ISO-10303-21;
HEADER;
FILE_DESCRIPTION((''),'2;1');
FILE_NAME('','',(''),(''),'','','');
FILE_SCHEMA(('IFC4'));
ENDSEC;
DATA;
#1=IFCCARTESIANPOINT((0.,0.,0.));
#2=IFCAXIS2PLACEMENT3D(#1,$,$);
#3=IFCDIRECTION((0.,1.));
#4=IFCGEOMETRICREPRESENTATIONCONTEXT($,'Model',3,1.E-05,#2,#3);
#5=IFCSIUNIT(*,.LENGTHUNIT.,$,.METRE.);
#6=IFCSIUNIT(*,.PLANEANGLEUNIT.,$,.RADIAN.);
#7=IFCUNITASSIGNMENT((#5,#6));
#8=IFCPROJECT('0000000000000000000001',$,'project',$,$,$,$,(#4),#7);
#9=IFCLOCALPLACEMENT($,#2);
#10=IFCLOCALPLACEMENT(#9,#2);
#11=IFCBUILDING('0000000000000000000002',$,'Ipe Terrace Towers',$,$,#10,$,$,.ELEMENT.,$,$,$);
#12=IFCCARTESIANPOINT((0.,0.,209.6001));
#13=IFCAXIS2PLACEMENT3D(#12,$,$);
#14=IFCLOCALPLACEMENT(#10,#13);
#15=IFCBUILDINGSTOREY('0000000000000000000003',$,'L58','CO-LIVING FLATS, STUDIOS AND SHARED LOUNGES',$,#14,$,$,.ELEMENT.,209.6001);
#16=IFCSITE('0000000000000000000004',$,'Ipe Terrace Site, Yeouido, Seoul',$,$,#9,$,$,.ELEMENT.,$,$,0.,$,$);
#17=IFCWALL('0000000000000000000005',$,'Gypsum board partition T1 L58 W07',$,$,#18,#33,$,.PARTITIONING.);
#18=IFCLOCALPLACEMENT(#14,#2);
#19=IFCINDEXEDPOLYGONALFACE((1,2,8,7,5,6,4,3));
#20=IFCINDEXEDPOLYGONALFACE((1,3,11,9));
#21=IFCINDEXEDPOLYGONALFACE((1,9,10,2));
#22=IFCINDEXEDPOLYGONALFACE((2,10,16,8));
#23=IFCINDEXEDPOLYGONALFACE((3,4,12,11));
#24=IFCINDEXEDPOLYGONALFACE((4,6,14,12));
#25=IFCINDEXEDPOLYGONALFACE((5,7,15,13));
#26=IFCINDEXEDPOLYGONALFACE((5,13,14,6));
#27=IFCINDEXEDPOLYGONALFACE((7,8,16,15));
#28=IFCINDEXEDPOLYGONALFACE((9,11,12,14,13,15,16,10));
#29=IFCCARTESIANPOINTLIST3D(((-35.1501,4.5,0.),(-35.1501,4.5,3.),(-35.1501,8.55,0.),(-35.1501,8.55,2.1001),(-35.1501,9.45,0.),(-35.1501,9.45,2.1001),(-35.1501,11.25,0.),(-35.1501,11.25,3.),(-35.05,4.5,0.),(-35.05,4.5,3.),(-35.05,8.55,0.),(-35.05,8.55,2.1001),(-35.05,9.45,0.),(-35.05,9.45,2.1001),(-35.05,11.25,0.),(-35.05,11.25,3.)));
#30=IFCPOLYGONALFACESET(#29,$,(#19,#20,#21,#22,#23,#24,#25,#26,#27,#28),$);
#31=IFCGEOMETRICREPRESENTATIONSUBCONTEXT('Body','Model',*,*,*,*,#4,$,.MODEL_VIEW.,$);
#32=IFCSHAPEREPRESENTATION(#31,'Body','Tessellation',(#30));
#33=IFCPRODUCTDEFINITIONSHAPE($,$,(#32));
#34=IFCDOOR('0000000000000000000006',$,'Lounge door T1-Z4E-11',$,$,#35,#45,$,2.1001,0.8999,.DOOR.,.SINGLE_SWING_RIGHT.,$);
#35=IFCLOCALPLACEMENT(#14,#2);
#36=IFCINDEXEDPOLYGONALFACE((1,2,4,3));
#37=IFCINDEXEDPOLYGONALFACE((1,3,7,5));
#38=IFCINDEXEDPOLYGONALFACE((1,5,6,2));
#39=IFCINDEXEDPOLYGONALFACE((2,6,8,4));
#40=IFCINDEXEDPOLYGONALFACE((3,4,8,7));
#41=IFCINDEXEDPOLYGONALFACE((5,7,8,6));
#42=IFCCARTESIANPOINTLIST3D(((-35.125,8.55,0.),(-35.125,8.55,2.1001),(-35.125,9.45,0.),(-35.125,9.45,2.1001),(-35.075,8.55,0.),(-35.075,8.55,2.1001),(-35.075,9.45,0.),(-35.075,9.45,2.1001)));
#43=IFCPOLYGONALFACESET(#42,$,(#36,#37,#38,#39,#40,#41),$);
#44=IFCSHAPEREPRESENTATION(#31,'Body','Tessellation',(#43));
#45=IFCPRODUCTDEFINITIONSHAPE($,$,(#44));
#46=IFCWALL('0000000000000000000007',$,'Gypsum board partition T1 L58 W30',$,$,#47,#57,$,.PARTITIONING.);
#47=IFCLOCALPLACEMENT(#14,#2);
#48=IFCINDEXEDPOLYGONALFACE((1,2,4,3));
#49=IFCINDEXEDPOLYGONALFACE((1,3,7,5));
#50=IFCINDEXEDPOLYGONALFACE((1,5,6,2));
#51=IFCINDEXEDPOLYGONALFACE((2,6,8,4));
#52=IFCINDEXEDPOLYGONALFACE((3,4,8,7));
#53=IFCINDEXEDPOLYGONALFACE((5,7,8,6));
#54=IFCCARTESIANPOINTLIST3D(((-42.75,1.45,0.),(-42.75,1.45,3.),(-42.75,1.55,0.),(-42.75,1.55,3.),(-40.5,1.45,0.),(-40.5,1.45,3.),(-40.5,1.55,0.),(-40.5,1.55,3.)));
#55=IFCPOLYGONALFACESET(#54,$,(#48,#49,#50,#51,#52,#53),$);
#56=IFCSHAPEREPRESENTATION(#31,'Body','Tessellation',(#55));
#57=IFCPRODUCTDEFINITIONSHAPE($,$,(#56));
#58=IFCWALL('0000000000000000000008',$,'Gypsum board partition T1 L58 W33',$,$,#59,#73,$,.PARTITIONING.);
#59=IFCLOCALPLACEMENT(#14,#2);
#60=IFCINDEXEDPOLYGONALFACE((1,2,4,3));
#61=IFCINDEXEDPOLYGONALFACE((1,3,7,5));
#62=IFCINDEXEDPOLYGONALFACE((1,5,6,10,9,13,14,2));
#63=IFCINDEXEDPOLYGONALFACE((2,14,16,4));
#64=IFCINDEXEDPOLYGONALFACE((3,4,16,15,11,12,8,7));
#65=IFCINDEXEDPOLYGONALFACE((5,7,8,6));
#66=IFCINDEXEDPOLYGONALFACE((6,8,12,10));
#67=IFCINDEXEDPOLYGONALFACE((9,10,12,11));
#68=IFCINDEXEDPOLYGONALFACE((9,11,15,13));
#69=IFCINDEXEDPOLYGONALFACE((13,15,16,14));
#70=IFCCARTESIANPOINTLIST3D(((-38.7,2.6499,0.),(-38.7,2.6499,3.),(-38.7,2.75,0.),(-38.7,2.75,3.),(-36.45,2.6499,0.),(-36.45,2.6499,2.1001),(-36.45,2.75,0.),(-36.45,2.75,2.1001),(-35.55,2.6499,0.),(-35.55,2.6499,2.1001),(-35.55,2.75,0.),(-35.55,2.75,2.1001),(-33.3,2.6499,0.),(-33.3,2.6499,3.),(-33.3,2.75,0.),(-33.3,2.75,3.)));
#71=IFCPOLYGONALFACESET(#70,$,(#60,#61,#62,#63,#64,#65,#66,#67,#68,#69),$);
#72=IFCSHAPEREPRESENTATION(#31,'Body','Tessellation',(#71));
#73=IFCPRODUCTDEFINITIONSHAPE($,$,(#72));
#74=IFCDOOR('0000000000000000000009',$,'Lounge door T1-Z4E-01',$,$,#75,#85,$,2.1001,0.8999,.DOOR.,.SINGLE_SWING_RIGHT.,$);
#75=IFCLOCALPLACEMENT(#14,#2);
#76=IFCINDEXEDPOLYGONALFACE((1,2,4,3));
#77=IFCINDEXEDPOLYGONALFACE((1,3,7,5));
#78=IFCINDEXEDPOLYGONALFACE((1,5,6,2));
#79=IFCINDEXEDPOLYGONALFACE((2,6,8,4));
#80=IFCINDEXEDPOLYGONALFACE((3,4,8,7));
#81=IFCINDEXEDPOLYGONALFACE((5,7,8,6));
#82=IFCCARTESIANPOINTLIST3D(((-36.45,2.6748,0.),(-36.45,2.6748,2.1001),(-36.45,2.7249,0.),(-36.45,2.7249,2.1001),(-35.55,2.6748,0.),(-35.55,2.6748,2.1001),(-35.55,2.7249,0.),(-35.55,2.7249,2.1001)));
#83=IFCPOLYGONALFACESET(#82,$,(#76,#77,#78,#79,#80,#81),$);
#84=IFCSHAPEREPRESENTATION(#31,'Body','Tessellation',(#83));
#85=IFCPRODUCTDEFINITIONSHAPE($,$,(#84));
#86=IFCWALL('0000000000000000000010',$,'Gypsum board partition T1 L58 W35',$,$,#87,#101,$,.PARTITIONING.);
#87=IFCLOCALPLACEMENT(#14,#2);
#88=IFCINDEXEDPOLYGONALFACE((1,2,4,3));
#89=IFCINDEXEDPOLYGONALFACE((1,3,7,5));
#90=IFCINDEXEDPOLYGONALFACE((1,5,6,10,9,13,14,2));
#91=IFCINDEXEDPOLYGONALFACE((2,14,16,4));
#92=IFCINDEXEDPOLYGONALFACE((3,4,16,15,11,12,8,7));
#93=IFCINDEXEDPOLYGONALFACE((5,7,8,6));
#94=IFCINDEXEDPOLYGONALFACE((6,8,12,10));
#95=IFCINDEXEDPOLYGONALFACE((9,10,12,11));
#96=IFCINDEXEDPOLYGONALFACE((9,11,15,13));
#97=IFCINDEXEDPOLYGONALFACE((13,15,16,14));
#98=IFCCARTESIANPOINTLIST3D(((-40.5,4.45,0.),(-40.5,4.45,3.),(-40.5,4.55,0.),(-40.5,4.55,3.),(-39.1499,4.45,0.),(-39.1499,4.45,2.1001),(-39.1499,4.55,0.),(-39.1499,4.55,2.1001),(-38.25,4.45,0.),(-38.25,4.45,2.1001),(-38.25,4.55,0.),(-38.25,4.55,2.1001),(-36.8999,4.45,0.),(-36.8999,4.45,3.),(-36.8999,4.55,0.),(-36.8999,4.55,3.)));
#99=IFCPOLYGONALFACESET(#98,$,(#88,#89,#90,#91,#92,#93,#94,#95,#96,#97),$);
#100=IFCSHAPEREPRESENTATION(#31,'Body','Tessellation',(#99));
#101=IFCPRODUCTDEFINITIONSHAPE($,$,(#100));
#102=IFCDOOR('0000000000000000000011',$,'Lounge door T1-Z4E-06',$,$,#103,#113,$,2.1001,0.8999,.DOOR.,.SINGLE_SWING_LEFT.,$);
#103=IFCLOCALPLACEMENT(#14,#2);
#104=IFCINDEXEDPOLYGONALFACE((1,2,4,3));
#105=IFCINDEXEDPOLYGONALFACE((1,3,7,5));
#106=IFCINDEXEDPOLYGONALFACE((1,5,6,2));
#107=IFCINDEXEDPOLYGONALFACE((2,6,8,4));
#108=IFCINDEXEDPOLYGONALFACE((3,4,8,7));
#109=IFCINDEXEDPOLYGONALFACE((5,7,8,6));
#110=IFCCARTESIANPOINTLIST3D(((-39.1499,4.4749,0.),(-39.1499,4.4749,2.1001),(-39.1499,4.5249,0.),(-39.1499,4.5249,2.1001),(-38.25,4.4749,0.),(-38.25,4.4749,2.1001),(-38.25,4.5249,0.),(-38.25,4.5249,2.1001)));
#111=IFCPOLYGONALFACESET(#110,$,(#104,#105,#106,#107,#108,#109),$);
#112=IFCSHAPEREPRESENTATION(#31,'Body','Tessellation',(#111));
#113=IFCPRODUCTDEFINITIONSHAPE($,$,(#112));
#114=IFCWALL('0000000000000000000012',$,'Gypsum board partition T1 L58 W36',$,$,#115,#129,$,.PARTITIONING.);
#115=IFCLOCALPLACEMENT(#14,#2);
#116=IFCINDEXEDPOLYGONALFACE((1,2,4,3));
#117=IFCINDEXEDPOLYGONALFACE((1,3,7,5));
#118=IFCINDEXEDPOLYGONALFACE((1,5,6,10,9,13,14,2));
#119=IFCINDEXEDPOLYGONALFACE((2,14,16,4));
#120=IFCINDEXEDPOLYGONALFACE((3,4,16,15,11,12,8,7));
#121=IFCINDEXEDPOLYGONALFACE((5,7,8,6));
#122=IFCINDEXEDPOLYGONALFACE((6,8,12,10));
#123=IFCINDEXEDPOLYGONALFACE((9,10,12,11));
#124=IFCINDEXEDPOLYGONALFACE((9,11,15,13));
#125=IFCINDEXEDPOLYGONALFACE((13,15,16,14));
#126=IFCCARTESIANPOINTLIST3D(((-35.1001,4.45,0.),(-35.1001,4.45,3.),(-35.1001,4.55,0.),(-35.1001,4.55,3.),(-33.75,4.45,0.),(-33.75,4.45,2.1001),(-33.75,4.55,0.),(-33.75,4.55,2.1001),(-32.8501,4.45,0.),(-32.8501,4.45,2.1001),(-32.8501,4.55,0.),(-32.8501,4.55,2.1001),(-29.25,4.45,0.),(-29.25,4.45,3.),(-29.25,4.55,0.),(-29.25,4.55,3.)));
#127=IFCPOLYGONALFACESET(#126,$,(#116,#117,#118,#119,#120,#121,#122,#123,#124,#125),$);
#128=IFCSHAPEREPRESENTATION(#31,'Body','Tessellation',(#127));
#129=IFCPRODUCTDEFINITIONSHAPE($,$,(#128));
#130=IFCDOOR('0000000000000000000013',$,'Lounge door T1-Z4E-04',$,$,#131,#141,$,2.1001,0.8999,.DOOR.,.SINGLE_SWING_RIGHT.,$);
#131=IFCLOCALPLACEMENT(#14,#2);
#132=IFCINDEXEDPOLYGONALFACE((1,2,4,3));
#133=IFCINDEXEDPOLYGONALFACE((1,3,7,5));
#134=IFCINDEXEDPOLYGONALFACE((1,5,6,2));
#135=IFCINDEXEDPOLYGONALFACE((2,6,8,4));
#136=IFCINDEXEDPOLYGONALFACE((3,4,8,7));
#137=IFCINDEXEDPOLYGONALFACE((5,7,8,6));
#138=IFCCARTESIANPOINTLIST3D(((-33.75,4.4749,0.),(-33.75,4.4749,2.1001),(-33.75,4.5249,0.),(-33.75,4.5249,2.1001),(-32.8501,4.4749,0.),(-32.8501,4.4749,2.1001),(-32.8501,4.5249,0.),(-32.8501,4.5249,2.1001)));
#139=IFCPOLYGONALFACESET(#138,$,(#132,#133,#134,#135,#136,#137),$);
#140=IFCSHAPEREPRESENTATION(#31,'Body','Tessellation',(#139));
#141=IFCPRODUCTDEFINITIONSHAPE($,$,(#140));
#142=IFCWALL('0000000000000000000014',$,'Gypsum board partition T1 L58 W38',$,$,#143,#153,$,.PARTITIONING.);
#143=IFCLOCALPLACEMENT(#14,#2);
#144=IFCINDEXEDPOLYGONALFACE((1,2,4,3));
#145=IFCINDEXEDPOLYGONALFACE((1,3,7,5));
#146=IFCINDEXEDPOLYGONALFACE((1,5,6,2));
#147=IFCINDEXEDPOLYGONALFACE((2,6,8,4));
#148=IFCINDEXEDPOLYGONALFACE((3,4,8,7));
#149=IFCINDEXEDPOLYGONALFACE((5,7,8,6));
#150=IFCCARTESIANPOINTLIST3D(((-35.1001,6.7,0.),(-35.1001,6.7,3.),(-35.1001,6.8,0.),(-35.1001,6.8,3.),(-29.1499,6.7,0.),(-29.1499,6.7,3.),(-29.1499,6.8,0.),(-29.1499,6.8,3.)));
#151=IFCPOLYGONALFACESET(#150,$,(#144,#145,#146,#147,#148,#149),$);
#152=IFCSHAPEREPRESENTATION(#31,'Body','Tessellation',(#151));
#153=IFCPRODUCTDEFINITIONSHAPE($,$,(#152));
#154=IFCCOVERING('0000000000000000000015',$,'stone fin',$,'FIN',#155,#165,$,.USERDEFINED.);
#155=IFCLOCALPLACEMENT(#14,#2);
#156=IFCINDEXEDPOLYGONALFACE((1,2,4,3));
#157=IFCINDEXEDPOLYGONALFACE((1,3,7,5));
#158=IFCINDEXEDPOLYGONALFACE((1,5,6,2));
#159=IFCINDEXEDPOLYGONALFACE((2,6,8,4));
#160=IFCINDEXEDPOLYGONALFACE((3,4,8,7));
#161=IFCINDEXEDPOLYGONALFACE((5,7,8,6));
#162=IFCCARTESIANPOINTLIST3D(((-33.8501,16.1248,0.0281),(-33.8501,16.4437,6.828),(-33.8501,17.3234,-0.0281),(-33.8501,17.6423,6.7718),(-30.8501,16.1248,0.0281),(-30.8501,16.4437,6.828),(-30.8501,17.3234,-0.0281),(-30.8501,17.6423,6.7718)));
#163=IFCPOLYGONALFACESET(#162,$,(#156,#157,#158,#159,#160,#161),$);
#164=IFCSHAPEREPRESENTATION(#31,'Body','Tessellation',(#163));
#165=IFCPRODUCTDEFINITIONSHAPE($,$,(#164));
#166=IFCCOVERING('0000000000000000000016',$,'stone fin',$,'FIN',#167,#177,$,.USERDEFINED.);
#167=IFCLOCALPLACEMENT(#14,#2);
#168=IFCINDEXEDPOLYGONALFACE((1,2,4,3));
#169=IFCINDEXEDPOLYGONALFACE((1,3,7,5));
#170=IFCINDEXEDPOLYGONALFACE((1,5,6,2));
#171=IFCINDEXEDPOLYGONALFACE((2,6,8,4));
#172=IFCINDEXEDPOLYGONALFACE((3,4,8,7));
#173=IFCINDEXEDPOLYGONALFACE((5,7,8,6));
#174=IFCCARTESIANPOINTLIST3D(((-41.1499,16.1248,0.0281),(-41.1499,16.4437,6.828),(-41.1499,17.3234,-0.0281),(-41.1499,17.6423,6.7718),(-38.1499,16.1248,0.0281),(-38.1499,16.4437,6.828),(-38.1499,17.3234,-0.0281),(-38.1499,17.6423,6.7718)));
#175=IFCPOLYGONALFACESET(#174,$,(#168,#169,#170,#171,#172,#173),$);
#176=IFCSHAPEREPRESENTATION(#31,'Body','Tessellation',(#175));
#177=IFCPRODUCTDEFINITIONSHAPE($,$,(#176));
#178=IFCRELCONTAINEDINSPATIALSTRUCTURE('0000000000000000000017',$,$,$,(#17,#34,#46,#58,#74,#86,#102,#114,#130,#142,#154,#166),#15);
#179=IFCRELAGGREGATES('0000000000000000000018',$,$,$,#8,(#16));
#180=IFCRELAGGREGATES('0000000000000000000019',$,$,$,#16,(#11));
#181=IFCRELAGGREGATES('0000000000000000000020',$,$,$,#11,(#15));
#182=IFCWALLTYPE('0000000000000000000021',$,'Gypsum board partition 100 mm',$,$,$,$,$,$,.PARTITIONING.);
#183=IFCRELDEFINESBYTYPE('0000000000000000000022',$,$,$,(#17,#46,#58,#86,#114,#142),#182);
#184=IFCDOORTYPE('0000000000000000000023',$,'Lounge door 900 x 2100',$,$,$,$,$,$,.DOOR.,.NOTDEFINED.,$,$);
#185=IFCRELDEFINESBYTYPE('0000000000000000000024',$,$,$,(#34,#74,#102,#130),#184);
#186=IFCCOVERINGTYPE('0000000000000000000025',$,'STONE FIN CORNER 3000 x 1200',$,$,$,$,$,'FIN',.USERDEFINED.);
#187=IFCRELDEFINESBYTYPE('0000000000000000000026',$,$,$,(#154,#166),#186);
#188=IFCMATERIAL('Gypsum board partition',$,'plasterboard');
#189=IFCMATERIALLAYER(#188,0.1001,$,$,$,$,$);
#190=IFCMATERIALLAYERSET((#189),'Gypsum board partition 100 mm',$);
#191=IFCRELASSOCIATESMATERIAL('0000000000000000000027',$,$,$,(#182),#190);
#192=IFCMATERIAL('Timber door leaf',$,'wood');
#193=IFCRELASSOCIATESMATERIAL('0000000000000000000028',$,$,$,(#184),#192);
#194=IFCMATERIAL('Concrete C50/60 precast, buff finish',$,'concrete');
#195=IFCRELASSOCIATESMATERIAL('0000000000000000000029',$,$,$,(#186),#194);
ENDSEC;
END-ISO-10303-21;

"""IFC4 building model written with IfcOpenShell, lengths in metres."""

from ifc_helpers import new_model, si_unit, direction, frame, frame_2d, origin, origin_2d, place, context, subcontext, project, spatial, rectangle, extrude, material, layer, layer_set, material_profile, profile_set, type_object, element, fill, save


model = new_model("IFC4")

# Units and contexts
model_context = context("Model", 3, precision=1e-05, world=origin(), true_north=direction((0.0, 1.0)))
body_context = subcontext(model_context, "Body", "Model", "MODEL_VIEW")
ifc_project = project(units=[si_unit("LENGTHUNIT", "METRE"), si_unit("PLANEANGLEUNIT", "RADIAN")], contexts=[model_context])

# Site, building, storey
site_placement = place(None, origin())
site = spatial("IfcSite", under=ifc_project, at=site_placement, Name="Ipe Terrace Site, Yeouido, Seoul", CompositionType="ELEMENT", RefElevation=0.0)
building_placement = place(site_placement, origin())
building = spatial("IfcBuilding", under=site, at=building_placement, Name="Ipe Terrace Towers", CompositionType="ELEMENT")
storey_placement = place(building_placement, frame((0.0, 0.0, 209.6001)))
storey = spatial("IfcBuildingStorey", under=building, at=storey_placement, Name="L58", Description="CO-LIVING FLATS, STUDIOS AND SHARED LOUNGES", CompositionType="ELEMENT", Elevation=209.6001)

# Shared definitions
ifc_material_1 = material(Name="Gypsum board partition", Category="plasterboard")
ifc_layer_1 = layer(ifc_material_1, 0.1001)
ifc_layer_set_1 = layer_set([ifc_layer_1], Name="Gypsum board partition 100 mm")
wall_type_1 = type_object("IfcWallType", Name="Gypsum board partition 100 mm", PredefinedType="PARTITIONING", material=ifc_layer_set_1)

# Wall, opening, door
ifc_material_2 = material(Name="Timber door leaf", Category="wood")
door_type = type_object("IfcDoorType", Name="Lounge door 900 x 2100", OperationType="NOTDEFINED", PredefinedType="DOOR", material=ifc_material_2)
wall_1_placement = place(storey_placement, frame((-35.1001, 4.5, 0.0), z_axis=(0.0, 0.0, 1.0), x_axis=(0.0, 1.0, 0.0)))
wall_1 = element("IfcWall", 1, at=wall_1_placement, inside=storey, type_object=wall_type_1, Name="Gypsum board partition T1 L58 W07", PredefinedType="PARTITIONING", context=body_context, shape_type="SweptSolid", body=[
    extrude(rectangle(XDim=6.75, YDim=0.1001, at=frame_2d((3.375, 0.0))), origin(), (0.0, 0.0, 1.0), 3.0),
])
opening_1_placement = place(wall_1_placement, frame((4.05, 0.0, 0.0)))
opening_1 = element("IfcOpeningElement", 2, at=opening_1_placement, cuts=wall_1, PredefinedType="OPENING", context=body_context, shape_type="SweptSolid", body=[
    extrude(rectangle(XDim=0.8999, YDim=2.1001, at=frame_2d((0.45, 1.05))), frame((0.0, 0.0601, 0.0), z_axis=(0.0, -1.0, 0.0), x_axis=(1.0, 0.0, 0.0)), (0.0, 0.0, 1.0), 0.1201),
])
door_1_placement = place(opening_1_placement, origin())
door_1 = element("IfcDoor", 3, at=door_1_placement, inside=storey, type_object=door_type, Name="Lounge door T1-Z4E-11", OperationType="SINGLE_SWING_RIGHT", OverallHeight=2.1001, OverallWidth=0.8999, PredefinedType="DOOR", context=body_context, shape_type="SweptSolid", body=[
    extrude(rectangle(XDim=0.8999, YDim=2.1001, at=frame_2d((0.45, 1.05))), frame((0.0, 0.0249, 0.0), z_axis=(0.0, -1.0, 0.0), x_axis=(1.0, 0.0, 0.0)), (0.0, 0.0, 1.0), 0.05),
])
fill(opening_1, door_1)

# Wall
wall_2_placement = place(storey_placement, frame((-42.75, 1.5, 0.0), z_axis=(0.0, 0.0, 1.0), x_axis=(1.0, 0.0, 0.0)))
element("IfcWall", 4, at=wall_2_placement, inside=storey, type_object=wall_type_1, Name="Gypsum board partition T1 L58 W30", PredefinedType="PARTITIONING", context=body_context, shape_type="SweptSolid", body=[
    extrude(rectangle(XDim=2.25, YDim=0.1001, at=frame_2d((1.125, 0.0))), origin(), (0.0, 0.0, 1.0), 3.0),
])

# Walls, openings, doors
wall_3_placement = place(storey_placement, frame((-38.7, 2.7, 0.0), z_axis=(0.0, 0.0, 1.0), x_axis=(1.0, 0.0, 0.0)))
wall_3 = element("IfcWall", 5, at=wall_3_placement, inside=storey, type_object=wall_type_1, Name="Gypsum board partition T1 L58 W33", PredefinedType="PARTITIONING", context=body_context, shape_type="SweptSolid", body=[
    extrude(rectangle(XDim=5.3999, YDim=0.1001, at=frame_2d((2.7, 0.0))), origin(), (0.0, 0.0, 1.0), 3.0),
])
opening_2_placement = place(wall_3_placement, frame((2.25, 0.0, 0.0)))
opening_2 = element("IfcOpeningElement", 6, at=opening_2_placement, cuts=wall_3, PredefinedType="OPENING", context=body_context, shape_type="SweptSolid", body=[
    extrude(rectangle(XDim=0.8999, YDim=2.1001, at=frame_2d((0.45, 1.05))), frame((0.0, 0.0601, 0.0), z_axis=(0.0, -1.0, 0.0), x_axis=(1.0, 0.0, 0.0)), (0.0, 0.0, 1.0), 0.1201),
])
door_2_placement = place(opening_2_placement, origin())
door_2 = element("IfcDoor", 7, at=door_2_placement, inside=storey, type_object=door_type, Name="Lounge door T1-Z4E-01", OperationType="SINGLE_SWING_RIGHT", OverallHeight=2.1001, OverallWidth=0.8999, PredefinedType="DOOR", context=body_context, shape_type="SweptSolid", body=[
    extrude(rectangle(XDim=0.8999, YDim=2.1001, at=frame_2d((0.45, 1.05))), frame((0.0, 0.0249, 0.0), z_axis=(0.0, -1.0, 0.0), x_axis=(1.0, 0.0, 0.0)), (0.0, 0.0, 1.0), 0.05),
])
fill(opening_2, door_2)
wall_4_placement = place(storey_placement, frame((-40.5, 4.5, 0.0), z_axis=(0.0, 0.0, 1.0), x_axis=(1.0, 0.0, 0.0)))
wall_4 = element("IfcWall", 8, at=wall_4_placement, inside=storey, type_object=wall_type_1, Name="Gypsum board partition T1 L58 W35", PredefinedType="PARTITIONING", context=body_context, shape_type="SweptSolid", body=[
    extrude(rectangle(XDim=3.6001, YDim=0.1001, at=frame_2d((1.8, 0.0))), origin(), (0.0, 0.0, 1.0), 3.0),
])
opening_3_placement = place(wall_4_placement, frame((1.3501, 0.0, 0.0)))
opening_3 = element("IfcOpeningElement", 9, at=opening_3_placement, cuts=wall_4, PredefinedType="OPENING", context=body_context, shape_type="SweptSolid", body=[
    extrude(rectangle(XDim=0.8999, YDim=2.1001, at=frame_2d((0.45, 1.05))), frame((0.0, 0.0601, 0.0), z_axis=(0.0, -1.0, 0.0), x_axis=(1.0, 0.0, 0.0)), (0.0, 0.0, 1.0), 0.1201),
])
door_3_placement = place(opening_3_placement, origin())
door_3 = element("IfcDoor", 10, at=door_3_placement, inside=storey, type_object=door_type, Name="Lounge door T1-Z4E-06", OperationType="SINGLE_SWING_LEFT", OverallHeight=2.1001, OverallWidth=0.8999, PredefinedType="DOOR", context=body_context, shape_type="SweptSolid", body=[
    extrude(rectangle(XDim=0.8999, YDim=2.1001, at=frame_2d((0.45, 1.05))), frame((0.0, 0.0249, 0.0), z_axis=(0.0, -1.0, 0.0), x_axis=(1.0, 0.0, 0.0)), (0.0, 0.0, 1.0), 0.05),
])
fill(opening_3, door_3)
wall_5_placement = place(storey_placement, frame((-35.1001, 4.5, 0.0), z_axis=(0.0, 0.0, 1.0), x_axis=(1.0, 0.0, 0.0)))
wall_5 = element("IfcWall", 11, at=wall_5_placement, inside=storey, type_object=wall_type_1, Name="Gypsum board partition T1 L58 W36", PredefinedType="PARTITIONING", context=body_context, shape_type="SweptSolid", body=[
    extrude(rectangle(XDim=5.8501, YDim=0.1001, at=frame_2d((2.925, 0.0))), origin(), (0.0, 0.0, 1.0), 3.0),
])
opening_4_placement = place(wall_5_placement, frame((1.3501, 0.0, 0.0)))
opening_4 = element("IfcOpeningElement", 12, at=opening_4_placement, cuts=wall_5, PredefinedType="OPENING", context=body_context, shape_type="SweptSolid", body=[
    extrude(rectangle(XDim=0.8999, YDim=2.1001, at=frame_2d((0.45, 1.05))), frame((0.0, 0.0601, 0.0), z_axis=(0.0, -1.0, 0.0), x_axis=(1.0, 0.0, 0.0)), (0.0, 0.0, 1.0), 0.1201),
])
door_4_placement = place(opening_4_placement, origin())
door_4 = element("IfcDoor", 13, at=door_4_placement, inside=storey, type_object=door_type, Name="Lounge door T1-Z4E-04", OperationType="SINGLE_SWING_RIGHT", OverallHeight=2.1001, OverallWidth=0.8999, PredefinedType="DOOR", context=body_context, shape_type="SweptSolid", body=[
    extrude(rectangle(XDim=0.8999, YDim=2.1001, at=frame_2d((0.45, 1.05))), frame((0.0, 0.0249, 0.0), z_axis=(0.0, -1.0, 0.0), x_axis=(1.0, 0.0, 0.0)), (0.0, 0.0, 1.0), 0.05),
])
fill(opening_4, door_4)

# Wall
wall_6_placement = place(storey_placement, frame((-35.1001, 6.75, 0.0), z_axis=(0.0, 0.0, 1.0), x_axis=(1.0, 0.0, 0.0)))
element("IfcWall", 14, at=wall_6_placement, inside=storey, type_object=wall_type_1, Name="Gypsum board partition T1 L58 W38", PredefinedType="PARTITIONING", context=body_context, shape_type="SweptSolid", body=[
    extrude(rectangle(XDim=5.9502, YDim=0.1001, at=frame_2d((2.9751, 0.0))), origin(), (0.0, 0.0, 1.0), 3.0),
])

# Coverings
ifc_material_3 = material(Name="Concrete C50/60 precast, buff finish", Category="concrete")
ifc_material_profile_1 = material_profile(ifc_material_3, rectangle(XDim=3.0, YDim=1.2, at=origin_2d()), Name="STONE FIN CORNER 3000 x 1200")
ifc_profile_set_1 = profile_set([ifc_material_profile_1], Name="Concrete C50/60 precast, buff finish")
covering_type_1 = type_object("IfcCoveringType", Name="STONE FIN CORNER 3000 x 1200", ElementType="FIN", PredefinedType="USERDEFINED", material=ifc_profile_set_1)
for number, where, z_axis, x_axis, name in (
    (15, (-32.3501, 16.7241, 0.0), (0.0, 0.046839, 0.998902), (-1.0, 0.0, 0.0), "stone fin"),
    (16, (-39.6499, 16.7241, 0.0), (0.0, 0.046839, 0.998902), (-1.0, 0.0, 0.0), "stone fin"),
):
    element("IfcCovering", number, at=place(storey_placement, frame(where, z_axis=z_axis, x_axis=x_axis)), inside=storey, type_object=covering_type_1, Name=name, ObjectType="FIN", PredefinedType="USERDEFINED", context=body_context, shape_type="SweptSolid", body=[
        extrude(rectangle(XDim=3.0, YDim=1.2, at=origin_2d()), origin(), (0.0, 0.0, 1.0), 6.8074),
    ])

save(model, "model.ifc")
